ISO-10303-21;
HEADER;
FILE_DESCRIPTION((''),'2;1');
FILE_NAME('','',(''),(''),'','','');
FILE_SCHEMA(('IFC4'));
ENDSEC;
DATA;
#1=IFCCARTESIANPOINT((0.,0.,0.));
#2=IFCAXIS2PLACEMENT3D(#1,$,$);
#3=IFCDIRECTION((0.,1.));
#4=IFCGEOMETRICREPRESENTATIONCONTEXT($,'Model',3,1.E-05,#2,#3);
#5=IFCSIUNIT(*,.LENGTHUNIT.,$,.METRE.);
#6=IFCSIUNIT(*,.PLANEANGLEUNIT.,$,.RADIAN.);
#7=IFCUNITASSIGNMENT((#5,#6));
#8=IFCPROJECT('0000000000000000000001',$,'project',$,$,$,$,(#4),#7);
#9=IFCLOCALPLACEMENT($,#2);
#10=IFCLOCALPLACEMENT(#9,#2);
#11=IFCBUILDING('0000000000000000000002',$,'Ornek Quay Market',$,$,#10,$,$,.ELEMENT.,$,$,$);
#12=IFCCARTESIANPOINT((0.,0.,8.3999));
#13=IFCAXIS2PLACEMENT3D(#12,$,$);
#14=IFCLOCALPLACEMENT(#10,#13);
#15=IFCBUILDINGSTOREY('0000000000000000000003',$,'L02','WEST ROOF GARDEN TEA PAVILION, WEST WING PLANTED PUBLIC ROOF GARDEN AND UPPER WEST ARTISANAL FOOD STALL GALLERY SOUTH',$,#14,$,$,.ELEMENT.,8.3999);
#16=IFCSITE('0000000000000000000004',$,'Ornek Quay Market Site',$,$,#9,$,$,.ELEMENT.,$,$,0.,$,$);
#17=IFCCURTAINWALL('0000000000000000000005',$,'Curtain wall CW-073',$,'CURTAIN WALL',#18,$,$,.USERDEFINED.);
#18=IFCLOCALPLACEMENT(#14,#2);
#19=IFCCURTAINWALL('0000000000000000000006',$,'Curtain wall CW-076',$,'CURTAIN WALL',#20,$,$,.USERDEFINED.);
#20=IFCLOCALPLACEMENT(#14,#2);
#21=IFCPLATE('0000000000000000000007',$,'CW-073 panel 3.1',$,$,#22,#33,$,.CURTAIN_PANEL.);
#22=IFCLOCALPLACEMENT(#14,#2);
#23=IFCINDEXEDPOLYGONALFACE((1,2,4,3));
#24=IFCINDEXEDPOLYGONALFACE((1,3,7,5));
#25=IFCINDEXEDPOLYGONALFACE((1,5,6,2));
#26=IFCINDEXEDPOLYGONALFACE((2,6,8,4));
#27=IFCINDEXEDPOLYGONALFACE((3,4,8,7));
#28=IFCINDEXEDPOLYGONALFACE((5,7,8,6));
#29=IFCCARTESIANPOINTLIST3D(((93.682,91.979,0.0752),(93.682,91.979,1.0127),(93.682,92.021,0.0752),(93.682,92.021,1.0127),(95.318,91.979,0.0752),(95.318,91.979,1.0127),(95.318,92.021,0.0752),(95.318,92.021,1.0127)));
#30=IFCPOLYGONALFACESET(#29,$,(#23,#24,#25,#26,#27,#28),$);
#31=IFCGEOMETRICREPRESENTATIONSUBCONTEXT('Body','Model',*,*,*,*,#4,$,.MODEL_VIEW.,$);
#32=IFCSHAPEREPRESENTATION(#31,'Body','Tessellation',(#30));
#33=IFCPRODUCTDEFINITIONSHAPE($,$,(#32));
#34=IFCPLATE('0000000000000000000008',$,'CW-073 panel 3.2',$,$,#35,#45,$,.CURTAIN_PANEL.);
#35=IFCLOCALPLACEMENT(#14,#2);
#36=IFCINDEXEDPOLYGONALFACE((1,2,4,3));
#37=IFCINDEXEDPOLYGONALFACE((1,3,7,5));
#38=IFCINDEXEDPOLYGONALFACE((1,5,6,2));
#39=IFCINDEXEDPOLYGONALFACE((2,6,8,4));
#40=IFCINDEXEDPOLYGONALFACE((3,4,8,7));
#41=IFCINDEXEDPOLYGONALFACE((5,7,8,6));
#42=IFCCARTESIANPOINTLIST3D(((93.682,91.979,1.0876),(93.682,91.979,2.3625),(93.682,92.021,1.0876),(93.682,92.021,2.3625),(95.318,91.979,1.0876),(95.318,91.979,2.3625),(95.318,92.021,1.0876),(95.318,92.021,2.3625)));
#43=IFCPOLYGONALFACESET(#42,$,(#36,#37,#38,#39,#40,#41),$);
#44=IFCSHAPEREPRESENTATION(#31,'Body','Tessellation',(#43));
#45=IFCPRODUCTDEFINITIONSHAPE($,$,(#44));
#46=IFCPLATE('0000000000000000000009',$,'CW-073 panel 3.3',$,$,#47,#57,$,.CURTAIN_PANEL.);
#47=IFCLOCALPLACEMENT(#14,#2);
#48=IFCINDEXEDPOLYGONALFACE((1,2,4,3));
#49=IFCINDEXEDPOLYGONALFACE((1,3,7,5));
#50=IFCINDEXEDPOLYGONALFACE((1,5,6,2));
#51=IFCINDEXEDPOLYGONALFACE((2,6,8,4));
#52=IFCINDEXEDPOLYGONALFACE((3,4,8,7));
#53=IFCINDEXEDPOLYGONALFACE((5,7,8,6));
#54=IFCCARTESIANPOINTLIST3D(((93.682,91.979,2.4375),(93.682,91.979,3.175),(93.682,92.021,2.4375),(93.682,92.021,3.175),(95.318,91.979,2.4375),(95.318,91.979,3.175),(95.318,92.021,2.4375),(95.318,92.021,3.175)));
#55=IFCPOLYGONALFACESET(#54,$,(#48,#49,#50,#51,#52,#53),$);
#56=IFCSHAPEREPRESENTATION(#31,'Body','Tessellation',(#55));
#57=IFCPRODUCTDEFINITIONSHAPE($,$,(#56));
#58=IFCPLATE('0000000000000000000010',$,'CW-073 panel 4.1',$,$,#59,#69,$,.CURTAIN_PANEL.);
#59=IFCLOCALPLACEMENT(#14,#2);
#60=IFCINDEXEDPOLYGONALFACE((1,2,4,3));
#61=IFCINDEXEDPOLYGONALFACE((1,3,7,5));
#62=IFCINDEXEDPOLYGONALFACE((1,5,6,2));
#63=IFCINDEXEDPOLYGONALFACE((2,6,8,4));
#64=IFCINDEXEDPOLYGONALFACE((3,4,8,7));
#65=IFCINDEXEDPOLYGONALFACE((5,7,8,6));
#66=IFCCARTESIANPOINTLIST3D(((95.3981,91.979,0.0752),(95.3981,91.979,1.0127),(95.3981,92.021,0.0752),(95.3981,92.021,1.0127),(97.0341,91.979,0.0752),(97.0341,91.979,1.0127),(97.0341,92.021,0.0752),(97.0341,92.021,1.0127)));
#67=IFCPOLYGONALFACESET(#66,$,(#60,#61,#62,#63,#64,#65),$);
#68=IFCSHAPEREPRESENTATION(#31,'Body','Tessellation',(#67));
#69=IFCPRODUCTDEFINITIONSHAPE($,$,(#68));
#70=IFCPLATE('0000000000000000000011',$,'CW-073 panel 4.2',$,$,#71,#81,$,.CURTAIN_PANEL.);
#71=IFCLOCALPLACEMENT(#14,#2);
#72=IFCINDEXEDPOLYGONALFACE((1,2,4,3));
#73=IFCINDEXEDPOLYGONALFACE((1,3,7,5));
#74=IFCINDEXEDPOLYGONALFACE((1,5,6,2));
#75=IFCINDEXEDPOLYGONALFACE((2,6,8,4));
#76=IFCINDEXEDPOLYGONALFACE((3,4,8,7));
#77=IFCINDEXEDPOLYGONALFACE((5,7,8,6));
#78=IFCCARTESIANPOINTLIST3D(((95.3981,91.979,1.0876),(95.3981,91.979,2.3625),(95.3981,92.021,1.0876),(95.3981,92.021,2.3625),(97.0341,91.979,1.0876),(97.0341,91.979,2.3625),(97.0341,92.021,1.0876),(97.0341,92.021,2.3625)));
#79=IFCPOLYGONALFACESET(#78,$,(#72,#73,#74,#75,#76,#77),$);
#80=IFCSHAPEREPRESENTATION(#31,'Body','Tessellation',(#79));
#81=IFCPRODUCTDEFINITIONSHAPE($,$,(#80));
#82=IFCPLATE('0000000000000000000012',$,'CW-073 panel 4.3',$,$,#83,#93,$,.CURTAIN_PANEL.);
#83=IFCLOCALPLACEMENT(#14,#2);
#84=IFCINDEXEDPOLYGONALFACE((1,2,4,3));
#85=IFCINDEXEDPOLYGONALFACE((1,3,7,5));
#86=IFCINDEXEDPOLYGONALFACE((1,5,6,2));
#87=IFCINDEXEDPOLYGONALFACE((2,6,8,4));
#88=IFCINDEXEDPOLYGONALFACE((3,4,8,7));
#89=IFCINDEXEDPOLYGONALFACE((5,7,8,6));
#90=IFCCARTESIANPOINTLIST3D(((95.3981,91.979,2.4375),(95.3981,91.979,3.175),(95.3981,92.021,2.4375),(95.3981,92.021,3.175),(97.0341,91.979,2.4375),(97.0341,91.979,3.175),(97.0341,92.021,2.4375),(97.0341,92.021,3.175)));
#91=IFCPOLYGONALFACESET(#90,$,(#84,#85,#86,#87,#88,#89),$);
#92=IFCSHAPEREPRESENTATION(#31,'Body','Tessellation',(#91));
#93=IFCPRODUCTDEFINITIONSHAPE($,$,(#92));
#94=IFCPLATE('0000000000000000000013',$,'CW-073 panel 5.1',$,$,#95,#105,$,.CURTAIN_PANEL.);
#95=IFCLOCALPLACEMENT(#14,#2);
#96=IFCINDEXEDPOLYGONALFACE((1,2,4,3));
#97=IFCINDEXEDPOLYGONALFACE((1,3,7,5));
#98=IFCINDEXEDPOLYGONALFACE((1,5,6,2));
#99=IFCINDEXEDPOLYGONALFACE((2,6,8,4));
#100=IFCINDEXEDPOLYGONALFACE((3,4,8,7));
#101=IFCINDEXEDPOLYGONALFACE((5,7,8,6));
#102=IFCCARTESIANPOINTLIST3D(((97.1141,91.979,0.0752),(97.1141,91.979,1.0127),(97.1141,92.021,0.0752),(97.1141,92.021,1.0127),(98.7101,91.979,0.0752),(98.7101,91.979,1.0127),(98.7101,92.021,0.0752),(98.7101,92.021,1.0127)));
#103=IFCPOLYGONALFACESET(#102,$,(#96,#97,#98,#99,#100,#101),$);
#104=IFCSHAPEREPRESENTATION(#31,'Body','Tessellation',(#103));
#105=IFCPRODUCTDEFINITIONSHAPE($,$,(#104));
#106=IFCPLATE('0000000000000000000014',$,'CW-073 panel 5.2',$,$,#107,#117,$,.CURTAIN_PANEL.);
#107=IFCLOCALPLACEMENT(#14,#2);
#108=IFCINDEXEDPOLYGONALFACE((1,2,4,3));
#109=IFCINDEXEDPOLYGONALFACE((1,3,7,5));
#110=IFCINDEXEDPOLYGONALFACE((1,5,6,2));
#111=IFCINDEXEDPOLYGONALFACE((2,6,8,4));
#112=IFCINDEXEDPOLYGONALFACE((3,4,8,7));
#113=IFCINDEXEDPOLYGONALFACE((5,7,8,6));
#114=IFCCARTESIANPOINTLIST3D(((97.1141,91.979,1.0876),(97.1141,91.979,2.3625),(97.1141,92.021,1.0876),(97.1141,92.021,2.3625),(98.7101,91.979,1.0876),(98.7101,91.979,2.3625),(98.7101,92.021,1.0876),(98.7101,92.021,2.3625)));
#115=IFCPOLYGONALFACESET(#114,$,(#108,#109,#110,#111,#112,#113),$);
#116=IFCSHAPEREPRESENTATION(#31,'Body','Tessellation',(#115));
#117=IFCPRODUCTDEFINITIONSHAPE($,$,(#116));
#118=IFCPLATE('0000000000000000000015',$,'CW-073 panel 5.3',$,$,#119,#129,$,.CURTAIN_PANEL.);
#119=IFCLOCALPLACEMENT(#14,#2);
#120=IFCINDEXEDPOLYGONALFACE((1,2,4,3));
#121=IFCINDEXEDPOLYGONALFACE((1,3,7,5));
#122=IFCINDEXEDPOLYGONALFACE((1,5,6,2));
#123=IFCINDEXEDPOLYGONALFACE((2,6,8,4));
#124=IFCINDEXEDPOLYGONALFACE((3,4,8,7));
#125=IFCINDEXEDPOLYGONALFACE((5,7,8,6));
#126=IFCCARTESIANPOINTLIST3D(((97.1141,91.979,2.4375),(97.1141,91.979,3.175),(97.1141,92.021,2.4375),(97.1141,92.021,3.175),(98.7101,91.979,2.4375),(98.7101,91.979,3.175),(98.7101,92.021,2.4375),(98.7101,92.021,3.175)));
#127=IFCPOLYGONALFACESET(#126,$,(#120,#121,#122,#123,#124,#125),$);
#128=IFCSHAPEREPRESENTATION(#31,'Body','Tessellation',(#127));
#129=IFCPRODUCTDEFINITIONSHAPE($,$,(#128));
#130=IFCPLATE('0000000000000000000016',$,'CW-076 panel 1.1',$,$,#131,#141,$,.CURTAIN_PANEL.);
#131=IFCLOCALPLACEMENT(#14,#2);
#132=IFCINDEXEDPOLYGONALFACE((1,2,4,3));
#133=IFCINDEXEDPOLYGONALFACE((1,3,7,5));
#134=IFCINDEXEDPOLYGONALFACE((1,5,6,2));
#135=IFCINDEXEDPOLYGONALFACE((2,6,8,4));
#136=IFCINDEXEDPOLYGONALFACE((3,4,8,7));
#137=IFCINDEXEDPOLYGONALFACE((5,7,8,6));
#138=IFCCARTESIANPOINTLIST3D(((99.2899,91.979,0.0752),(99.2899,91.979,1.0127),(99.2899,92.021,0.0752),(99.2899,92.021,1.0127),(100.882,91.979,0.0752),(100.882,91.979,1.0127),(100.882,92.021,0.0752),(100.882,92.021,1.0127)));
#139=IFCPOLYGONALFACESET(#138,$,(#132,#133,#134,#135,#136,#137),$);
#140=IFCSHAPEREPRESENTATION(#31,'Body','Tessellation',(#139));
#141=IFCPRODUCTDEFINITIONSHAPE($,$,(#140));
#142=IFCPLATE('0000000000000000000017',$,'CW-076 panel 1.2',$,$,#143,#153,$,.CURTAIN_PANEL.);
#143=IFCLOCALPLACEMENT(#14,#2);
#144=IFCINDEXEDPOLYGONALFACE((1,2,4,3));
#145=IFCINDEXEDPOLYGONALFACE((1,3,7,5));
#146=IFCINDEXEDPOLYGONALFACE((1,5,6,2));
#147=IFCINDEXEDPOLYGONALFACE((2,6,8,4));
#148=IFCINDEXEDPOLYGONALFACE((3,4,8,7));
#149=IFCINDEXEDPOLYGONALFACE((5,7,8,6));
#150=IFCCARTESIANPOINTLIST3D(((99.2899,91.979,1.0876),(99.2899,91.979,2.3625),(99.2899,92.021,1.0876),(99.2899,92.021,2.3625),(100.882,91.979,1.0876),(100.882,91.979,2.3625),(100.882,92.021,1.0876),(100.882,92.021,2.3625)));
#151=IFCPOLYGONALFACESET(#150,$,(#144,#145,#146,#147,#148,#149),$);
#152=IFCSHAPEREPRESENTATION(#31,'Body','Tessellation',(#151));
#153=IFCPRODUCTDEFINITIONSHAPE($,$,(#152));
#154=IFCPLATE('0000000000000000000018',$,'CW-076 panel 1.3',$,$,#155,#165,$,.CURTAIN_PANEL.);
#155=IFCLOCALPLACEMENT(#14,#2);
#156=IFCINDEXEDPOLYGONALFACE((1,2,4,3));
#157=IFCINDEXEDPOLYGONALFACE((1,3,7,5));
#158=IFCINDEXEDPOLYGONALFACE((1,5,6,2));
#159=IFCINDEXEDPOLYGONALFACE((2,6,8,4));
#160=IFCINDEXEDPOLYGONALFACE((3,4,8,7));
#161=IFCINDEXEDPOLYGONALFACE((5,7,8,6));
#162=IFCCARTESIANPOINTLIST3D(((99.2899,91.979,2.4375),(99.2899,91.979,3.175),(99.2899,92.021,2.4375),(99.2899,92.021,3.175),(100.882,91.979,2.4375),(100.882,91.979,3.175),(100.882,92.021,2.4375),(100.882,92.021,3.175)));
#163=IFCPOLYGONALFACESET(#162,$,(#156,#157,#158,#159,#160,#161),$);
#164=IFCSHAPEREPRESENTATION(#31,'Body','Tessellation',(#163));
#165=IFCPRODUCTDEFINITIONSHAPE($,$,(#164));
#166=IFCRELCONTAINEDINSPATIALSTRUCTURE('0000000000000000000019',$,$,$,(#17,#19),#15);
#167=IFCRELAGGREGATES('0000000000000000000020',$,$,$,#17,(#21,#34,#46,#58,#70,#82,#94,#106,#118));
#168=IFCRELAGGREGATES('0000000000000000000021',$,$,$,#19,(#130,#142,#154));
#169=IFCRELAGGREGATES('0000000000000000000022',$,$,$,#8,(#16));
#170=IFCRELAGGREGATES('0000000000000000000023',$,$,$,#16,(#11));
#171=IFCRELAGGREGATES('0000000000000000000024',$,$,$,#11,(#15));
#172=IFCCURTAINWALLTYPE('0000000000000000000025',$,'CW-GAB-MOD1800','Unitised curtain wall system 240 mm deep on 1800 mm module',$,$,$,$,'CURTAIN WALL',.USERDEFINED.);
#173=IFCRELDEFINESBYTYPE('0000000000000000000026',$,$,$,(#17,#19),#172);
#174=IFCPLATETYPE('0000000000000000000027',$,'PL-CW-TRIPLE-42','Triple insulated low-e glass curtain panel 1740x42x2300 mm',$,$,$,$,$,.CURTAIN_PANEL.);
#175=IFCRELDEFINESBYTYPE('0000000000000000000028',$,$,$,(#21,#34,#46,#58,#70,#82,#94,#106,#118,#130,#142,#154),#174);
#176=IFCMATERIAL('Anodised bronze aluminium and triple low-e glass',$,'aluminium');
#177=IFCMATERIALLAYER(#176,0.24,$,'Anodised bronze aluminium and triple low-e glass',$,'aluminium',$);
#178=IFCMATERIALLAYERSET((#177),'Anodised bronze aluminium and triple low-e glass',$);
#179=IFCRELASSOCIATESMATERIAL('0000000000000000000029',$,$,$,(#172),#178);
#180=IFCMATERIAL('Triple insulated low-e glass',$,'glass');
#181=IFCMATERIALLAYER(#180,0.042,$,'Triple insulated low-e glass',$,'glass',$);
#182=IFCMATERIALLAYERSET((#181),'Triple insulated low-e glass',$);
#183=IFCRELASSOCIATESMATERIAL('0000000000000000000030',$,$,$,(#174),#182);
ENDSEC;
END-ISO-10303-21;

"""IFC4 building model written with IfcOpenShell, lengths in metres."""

from ifc_helpers import new_model, si_unit, direction, frame, origin, origin_2d, place, context, subcontext, project, spatial, rectangle, extrude, material, layer, layer_set, type_object, element, aggregate, save


model = new_model("IFC4")

# Units and contexts
model_context = context("Model", 3, precision=1e-05, world=origin(), true_north=direction((0.0, 1.0)))
body_context = subcontext(model_context, "Body", "Model", "MODEL_VIEW")
ifc_project = project(units=[si_unit("LENGTHUNIT", "METRE"), si_unit("PLANEANGLEUNIT", "RADIAN")], contexts=[model_context])

# Site, building, storey
site_placement = place(None, origin())
site = spatial("IfcSite", under=ifc_project, at=site_placement, Name="Ornek Quay Market Site", CompositionType="ELEMENT", RefElevation=0.0)
building_placement = place(site_placement, origin())
building = spatial("IfcBuilding", under=site, at=building_placement, Name="Ornek Quay Market", CompositionType="ELEMENT")
storey_placement = place(building_placement, frame((0.0, 0.0, 8.3999)))
storey = spatial("IfcBuildingStorey", under=building, at=storey_placement, Name="L02", Description="WEST ROOF GARDEN TEA PAVILION, WEST WING PLANTED PUBLIC ROOF GARDEN AND UPPER WEST ARTISANAL FOOD STALL GALLERY SOUTH", CompositionType="ELEMENT", Elevation=8.3999)

# Curtain wall
ifc_material_1 = material(Name="Anodised bronze aluminium and triple low-e glass", Category="aluminium")
ifc_layer_1 = layer(ifc_material_1, 0.24, Name="Anodised bronze aluminium and triple low-e glass", Category="aluminium")
ifc_layer_set_1 = layer_set([ifc_layer_1], Name="Anodised bronze aluminium and triple low-e glass")
curtain_wall_type = type_object("IfcCurtainWallType", Name="CW-GAB-MOD1800", Description="Unitised curtain wall system 240 mm deep on 1800 mm module", ElementType="CURTAIN WALL", PredefinedType="USERDEFINED", material=ifc_layer_set_1)
curtain_wall_1_placement = place(storey_placement, origin())
curtain_wall_1 = element("IfcCurtainWall", 1, at=curtain_wall_1_placement, inside=storey, type_object=curtain_wall_type, Name="Curtain wall CW-073", ObjectType="CURTAIN WALL", PredefinedType="USERDEFINED")

# Curtain wall
curtain_wall_2_placement = place(storey_placement, origin())
curtain_wall_2 = element("IfcCurtainWall", 2, at=curtain_wall_2_placement, inside=storey, type_object=curtain_wall_type, Name="Curtain wall CW-076", ObjectType="CURTAIN WALL", PredefinedType="USERDEFINED")

# Plates
ifc_material_2 = material(Name="Triple insulated low-e glass", Category="glass")
ifc_layer_2 = layer(ifc_material_2, 0.042, Name="Triple insulated low-e glass", Category="glass")
ifc_layer_set_2 = layer_set([ifc_layer_2], Name="Triple insulated low-e glass")
plate_type = type_object("IfcPlateType", Name="PL-CW-TRIPLE-42", Description="Triple insulated low-e glass curtain panel 1740x42x2300 mm", PredefinedType="CURTAIN_PANEL", material=ifc_layer_set_2)
plate_1_placement = place(storey_placement, frame((94.5, 92.0, 0.0752), z_axis=(0.0, 0.0, 1.0), x_axis=(1.0, 0.0, 0.0)))
plate_1 = element("IfcPlate", 3, at=plate_1_placement, type_object=plate_type, Name="CW-073 panel 3.1", PredefinedType="CURTAIN_PANEL", context=body_context, shape_type="SweptSolid", body=[
    extrude(rectangle(XDim=1.636, YDim=0.042, at=origin_2d()), origin(), (0.0, 0.0, 1.0), 0.9375),
])
plate_2_placement = place(storey_placement, frame((94.5, 92.0, 1.0876), z_axis=(0.0, 0.0, 1.0), x_axis=(1.0, 0.0, 0.0)))
plate_2 = element("IfcPlate", 4, at=plate_2_placement, type_object=plate_type, Name="CW-073 panel 3.2", PredefinedType="CURTAIN_PANEL", context=body_context, shape_type="SweptSolid", body=[
    extrude(rectangle(XDim=1.636, YDim=0.042, at=origin_2d()), origin(), (0.0, 0.0, 1.0), 1.2749),
])
plate_3_placement = place(storey_placement, frame((94.5, 92.0, 2.4375), z_axis=(0.0, 0.0, 1.0), x_axis=(1.0, 0.0, 0.0)))
plate_3 = element("IfcPlate", 5, at=plate_3_placement, type_object=plate_type, Name="CW-073 panel 3.3", PredefinedType="CURTAIN_PANEL", context=body_context, shape_type="SweptSolid", body=[
    extrude(rectangle(XDim=1.636, YDim=0.042, at=origin_2d()), origin(), (0.0, 0.0, 1.0), 0.7375),
])
plate_4_placement = place(storey_placement, frame((96.2161, 92.0, 0.0752), z_axis=(0.0, 0.0, 1.0), x_axis=(1.0, 0.0, 0.0)))
plate_4 = element("IfcPlate", 6, at=plate_4_placement, type_object=plate_type, Name="CW-073 panel 4.1", PredefinedType="CURTAIN_PANEL", context=body_context, shape_type="SweptSolid", body=[
    extrude(rectangle(XDim=1.636, YDim=0.042, at=origin_2d()), origin(), (0.0, 0.0, 1.0), 0.9375),
])
plate_5_placement = place(storey_placement, frame((96.2161, 92.0, 1.0876), z_axis=(0.0, 0.0, 1.0), x_axis=(1.0, 0.0, 0.0)))
plate_5 = element("IfcPlate", 7, at=plate_5_placement, type_object=plate_type, Name="CW-073 panel 4.2", PredefinedType="CURTAIN_PANEL", context=body_context, shape_type="SweptSolid", body=[
    extrude(rectangle(XDim=1.636, YDim=0.042, at=origin_2d()), origin(), (0.0, 0.0, 1.0), 1.2749),
])
plate_6_placement = place(storey_placement, frame((96.2161, 92.0, 2.4375), z_axis=(0.0, 0.0, 1.0), x_axis=(1.0, 0.0, 0.0)))
plate_6 = element("IfcPlate", 8, at=plate_6_placement, type_object=plate_type, Name="CW-073 panel 4.3", PredefinedType="CURTAIN_PANEL", context=body_context, shape_type="SweptSolid", body=[
    extrude(rectangle(XDim=1.636, YDim=0.042, at=origin_2d()), origin(), (0.0, 0.0, 1.0), 0.7375),
])
plate_7_placement = place(storey_placement, frame((97.9121, 92.0, 0.0752), z_axis=(0.0, 0.0, 1.0), x_axis=(1.0, 0.0, 0.0)))
plate_7 = element("IfcPlate", 9, at=plate_7_placement, type_object=plate_type, Name="CW-073 panel 5.1", PredefinedType="CURTAIN_PANEL", context=body_context, shape_type="SweptSolid", body=[
    extrude(rectangle(XDim=1.5959, YDim=0.042, at=origin_2d()), origin(), (0.0, 0.0, 1.0), 0.9375),
])
plate_8_placement = place(storey_placement, frame((97.9121, 92.0, 1.0876), z_axis=(0.0, 0.0, 1.0), x_axis=(1.0, 0.0, 0.0)))
plate_8 = element("IfcPlate", 10, at=plate_8_placement, type_object=plate_type, Name="CW-073 panel 5.2", PredefinedType="CURTAIN_PANEL", context=body_context, shape_type="SweptSolid", body=[
    extrude(rectangle(XDim=1.5959, YDim=0.042, at=origin_2d()), origin(), (0.0, 0.0, 1.0), 1.2749),
])
plate_9_placement = place(storey_placement, frame((97.9121, 92.0, 2.4375), z_axis=(0.0, 0.0, 1.0), x_axis=(1.0, 0.0, 0.0)))
plate_9 = element("IfcPlate", 11, at=plate_9_placement, type_object=plate_type, Name="CW-073 panel 5.3", PredefinedType="CURTAIN_PANEL", context=body_context, shape_type="SweptSolid", body=[
    extrude(rectangle(XDim=1.5959, YDim=0.042, at=origin_2d()), origin(), (0.0, 0.0, 1.0), 0.7375),
])
aggregate(curtain_wall_1, [plate_1, plate_2, plate_3, plate_4, plate_5, plate_6, plate_7, plate_8, plate_9])
plate_10_placement = place(storey_placement, frame((100.0859, 92.0, 0.0752), z_axis=(0.0, 0.0, 1.0), x_axis=(1.0, 0.0, 0.0)))
plate_10 = element("IfcPlate", 12, at=plate_10_placement, type_object=plate_type, Name="CW-076 panel 1.1", PredefinedType="CURTAIN_PANEL", context=body_context, shape_type="SweptSolid", body=[
    extrude(rectangle(XDim=1.592, YDim=0.042, at=origin_2d()), origin(), (0.0, 0.0, 1.0), 0.9375),
])
plate_11_placement = place(storey_placement, frame((100.0859, 92.0, 1.0876), z_axis=(0.0, 0.0, 1.0), x_axis=(1.0, 0.0, 0.0)))
plate_11 = element("IfcPlate", 13, at=plate_11_placement, type_object=plate_type, Name="CW-076 panel 1.2", PredefinedType="CURTAIN_PANEL", context=body_context, shape_type="SweptSolid", body=[
    extrude(rectangle(XDim=1.592, YDim=0.042, at=origin_2d()), origin(), (0.0, 0.0, 1.0), 1.2749),
])
plate_12_placement = place(storey_placement, frame((100.0859, 92.0, 2.4375), z_axis=(0.0, 0.0, 1.0), x_axis=(1.0, 0.0, 0.0)))
plate_12 = element("IfcPlate", 14, at=plate_12_placement, type_object=plate_type, Name="CW-076 panel 1.3", PredefinedType="CURTAIN_PANEL", context=body_context, shape_type="SweptSolid", body=[
    extrude(rectangle(XDim=1.592, YDim=0.042, at=origin_2d()), origin(), (0.0, 0.0, 1.0), 0.7375),
])
aggregate(curtain_wall_2, [plate_10, plate_11, plate_12])

save(model, "model.ifc")
